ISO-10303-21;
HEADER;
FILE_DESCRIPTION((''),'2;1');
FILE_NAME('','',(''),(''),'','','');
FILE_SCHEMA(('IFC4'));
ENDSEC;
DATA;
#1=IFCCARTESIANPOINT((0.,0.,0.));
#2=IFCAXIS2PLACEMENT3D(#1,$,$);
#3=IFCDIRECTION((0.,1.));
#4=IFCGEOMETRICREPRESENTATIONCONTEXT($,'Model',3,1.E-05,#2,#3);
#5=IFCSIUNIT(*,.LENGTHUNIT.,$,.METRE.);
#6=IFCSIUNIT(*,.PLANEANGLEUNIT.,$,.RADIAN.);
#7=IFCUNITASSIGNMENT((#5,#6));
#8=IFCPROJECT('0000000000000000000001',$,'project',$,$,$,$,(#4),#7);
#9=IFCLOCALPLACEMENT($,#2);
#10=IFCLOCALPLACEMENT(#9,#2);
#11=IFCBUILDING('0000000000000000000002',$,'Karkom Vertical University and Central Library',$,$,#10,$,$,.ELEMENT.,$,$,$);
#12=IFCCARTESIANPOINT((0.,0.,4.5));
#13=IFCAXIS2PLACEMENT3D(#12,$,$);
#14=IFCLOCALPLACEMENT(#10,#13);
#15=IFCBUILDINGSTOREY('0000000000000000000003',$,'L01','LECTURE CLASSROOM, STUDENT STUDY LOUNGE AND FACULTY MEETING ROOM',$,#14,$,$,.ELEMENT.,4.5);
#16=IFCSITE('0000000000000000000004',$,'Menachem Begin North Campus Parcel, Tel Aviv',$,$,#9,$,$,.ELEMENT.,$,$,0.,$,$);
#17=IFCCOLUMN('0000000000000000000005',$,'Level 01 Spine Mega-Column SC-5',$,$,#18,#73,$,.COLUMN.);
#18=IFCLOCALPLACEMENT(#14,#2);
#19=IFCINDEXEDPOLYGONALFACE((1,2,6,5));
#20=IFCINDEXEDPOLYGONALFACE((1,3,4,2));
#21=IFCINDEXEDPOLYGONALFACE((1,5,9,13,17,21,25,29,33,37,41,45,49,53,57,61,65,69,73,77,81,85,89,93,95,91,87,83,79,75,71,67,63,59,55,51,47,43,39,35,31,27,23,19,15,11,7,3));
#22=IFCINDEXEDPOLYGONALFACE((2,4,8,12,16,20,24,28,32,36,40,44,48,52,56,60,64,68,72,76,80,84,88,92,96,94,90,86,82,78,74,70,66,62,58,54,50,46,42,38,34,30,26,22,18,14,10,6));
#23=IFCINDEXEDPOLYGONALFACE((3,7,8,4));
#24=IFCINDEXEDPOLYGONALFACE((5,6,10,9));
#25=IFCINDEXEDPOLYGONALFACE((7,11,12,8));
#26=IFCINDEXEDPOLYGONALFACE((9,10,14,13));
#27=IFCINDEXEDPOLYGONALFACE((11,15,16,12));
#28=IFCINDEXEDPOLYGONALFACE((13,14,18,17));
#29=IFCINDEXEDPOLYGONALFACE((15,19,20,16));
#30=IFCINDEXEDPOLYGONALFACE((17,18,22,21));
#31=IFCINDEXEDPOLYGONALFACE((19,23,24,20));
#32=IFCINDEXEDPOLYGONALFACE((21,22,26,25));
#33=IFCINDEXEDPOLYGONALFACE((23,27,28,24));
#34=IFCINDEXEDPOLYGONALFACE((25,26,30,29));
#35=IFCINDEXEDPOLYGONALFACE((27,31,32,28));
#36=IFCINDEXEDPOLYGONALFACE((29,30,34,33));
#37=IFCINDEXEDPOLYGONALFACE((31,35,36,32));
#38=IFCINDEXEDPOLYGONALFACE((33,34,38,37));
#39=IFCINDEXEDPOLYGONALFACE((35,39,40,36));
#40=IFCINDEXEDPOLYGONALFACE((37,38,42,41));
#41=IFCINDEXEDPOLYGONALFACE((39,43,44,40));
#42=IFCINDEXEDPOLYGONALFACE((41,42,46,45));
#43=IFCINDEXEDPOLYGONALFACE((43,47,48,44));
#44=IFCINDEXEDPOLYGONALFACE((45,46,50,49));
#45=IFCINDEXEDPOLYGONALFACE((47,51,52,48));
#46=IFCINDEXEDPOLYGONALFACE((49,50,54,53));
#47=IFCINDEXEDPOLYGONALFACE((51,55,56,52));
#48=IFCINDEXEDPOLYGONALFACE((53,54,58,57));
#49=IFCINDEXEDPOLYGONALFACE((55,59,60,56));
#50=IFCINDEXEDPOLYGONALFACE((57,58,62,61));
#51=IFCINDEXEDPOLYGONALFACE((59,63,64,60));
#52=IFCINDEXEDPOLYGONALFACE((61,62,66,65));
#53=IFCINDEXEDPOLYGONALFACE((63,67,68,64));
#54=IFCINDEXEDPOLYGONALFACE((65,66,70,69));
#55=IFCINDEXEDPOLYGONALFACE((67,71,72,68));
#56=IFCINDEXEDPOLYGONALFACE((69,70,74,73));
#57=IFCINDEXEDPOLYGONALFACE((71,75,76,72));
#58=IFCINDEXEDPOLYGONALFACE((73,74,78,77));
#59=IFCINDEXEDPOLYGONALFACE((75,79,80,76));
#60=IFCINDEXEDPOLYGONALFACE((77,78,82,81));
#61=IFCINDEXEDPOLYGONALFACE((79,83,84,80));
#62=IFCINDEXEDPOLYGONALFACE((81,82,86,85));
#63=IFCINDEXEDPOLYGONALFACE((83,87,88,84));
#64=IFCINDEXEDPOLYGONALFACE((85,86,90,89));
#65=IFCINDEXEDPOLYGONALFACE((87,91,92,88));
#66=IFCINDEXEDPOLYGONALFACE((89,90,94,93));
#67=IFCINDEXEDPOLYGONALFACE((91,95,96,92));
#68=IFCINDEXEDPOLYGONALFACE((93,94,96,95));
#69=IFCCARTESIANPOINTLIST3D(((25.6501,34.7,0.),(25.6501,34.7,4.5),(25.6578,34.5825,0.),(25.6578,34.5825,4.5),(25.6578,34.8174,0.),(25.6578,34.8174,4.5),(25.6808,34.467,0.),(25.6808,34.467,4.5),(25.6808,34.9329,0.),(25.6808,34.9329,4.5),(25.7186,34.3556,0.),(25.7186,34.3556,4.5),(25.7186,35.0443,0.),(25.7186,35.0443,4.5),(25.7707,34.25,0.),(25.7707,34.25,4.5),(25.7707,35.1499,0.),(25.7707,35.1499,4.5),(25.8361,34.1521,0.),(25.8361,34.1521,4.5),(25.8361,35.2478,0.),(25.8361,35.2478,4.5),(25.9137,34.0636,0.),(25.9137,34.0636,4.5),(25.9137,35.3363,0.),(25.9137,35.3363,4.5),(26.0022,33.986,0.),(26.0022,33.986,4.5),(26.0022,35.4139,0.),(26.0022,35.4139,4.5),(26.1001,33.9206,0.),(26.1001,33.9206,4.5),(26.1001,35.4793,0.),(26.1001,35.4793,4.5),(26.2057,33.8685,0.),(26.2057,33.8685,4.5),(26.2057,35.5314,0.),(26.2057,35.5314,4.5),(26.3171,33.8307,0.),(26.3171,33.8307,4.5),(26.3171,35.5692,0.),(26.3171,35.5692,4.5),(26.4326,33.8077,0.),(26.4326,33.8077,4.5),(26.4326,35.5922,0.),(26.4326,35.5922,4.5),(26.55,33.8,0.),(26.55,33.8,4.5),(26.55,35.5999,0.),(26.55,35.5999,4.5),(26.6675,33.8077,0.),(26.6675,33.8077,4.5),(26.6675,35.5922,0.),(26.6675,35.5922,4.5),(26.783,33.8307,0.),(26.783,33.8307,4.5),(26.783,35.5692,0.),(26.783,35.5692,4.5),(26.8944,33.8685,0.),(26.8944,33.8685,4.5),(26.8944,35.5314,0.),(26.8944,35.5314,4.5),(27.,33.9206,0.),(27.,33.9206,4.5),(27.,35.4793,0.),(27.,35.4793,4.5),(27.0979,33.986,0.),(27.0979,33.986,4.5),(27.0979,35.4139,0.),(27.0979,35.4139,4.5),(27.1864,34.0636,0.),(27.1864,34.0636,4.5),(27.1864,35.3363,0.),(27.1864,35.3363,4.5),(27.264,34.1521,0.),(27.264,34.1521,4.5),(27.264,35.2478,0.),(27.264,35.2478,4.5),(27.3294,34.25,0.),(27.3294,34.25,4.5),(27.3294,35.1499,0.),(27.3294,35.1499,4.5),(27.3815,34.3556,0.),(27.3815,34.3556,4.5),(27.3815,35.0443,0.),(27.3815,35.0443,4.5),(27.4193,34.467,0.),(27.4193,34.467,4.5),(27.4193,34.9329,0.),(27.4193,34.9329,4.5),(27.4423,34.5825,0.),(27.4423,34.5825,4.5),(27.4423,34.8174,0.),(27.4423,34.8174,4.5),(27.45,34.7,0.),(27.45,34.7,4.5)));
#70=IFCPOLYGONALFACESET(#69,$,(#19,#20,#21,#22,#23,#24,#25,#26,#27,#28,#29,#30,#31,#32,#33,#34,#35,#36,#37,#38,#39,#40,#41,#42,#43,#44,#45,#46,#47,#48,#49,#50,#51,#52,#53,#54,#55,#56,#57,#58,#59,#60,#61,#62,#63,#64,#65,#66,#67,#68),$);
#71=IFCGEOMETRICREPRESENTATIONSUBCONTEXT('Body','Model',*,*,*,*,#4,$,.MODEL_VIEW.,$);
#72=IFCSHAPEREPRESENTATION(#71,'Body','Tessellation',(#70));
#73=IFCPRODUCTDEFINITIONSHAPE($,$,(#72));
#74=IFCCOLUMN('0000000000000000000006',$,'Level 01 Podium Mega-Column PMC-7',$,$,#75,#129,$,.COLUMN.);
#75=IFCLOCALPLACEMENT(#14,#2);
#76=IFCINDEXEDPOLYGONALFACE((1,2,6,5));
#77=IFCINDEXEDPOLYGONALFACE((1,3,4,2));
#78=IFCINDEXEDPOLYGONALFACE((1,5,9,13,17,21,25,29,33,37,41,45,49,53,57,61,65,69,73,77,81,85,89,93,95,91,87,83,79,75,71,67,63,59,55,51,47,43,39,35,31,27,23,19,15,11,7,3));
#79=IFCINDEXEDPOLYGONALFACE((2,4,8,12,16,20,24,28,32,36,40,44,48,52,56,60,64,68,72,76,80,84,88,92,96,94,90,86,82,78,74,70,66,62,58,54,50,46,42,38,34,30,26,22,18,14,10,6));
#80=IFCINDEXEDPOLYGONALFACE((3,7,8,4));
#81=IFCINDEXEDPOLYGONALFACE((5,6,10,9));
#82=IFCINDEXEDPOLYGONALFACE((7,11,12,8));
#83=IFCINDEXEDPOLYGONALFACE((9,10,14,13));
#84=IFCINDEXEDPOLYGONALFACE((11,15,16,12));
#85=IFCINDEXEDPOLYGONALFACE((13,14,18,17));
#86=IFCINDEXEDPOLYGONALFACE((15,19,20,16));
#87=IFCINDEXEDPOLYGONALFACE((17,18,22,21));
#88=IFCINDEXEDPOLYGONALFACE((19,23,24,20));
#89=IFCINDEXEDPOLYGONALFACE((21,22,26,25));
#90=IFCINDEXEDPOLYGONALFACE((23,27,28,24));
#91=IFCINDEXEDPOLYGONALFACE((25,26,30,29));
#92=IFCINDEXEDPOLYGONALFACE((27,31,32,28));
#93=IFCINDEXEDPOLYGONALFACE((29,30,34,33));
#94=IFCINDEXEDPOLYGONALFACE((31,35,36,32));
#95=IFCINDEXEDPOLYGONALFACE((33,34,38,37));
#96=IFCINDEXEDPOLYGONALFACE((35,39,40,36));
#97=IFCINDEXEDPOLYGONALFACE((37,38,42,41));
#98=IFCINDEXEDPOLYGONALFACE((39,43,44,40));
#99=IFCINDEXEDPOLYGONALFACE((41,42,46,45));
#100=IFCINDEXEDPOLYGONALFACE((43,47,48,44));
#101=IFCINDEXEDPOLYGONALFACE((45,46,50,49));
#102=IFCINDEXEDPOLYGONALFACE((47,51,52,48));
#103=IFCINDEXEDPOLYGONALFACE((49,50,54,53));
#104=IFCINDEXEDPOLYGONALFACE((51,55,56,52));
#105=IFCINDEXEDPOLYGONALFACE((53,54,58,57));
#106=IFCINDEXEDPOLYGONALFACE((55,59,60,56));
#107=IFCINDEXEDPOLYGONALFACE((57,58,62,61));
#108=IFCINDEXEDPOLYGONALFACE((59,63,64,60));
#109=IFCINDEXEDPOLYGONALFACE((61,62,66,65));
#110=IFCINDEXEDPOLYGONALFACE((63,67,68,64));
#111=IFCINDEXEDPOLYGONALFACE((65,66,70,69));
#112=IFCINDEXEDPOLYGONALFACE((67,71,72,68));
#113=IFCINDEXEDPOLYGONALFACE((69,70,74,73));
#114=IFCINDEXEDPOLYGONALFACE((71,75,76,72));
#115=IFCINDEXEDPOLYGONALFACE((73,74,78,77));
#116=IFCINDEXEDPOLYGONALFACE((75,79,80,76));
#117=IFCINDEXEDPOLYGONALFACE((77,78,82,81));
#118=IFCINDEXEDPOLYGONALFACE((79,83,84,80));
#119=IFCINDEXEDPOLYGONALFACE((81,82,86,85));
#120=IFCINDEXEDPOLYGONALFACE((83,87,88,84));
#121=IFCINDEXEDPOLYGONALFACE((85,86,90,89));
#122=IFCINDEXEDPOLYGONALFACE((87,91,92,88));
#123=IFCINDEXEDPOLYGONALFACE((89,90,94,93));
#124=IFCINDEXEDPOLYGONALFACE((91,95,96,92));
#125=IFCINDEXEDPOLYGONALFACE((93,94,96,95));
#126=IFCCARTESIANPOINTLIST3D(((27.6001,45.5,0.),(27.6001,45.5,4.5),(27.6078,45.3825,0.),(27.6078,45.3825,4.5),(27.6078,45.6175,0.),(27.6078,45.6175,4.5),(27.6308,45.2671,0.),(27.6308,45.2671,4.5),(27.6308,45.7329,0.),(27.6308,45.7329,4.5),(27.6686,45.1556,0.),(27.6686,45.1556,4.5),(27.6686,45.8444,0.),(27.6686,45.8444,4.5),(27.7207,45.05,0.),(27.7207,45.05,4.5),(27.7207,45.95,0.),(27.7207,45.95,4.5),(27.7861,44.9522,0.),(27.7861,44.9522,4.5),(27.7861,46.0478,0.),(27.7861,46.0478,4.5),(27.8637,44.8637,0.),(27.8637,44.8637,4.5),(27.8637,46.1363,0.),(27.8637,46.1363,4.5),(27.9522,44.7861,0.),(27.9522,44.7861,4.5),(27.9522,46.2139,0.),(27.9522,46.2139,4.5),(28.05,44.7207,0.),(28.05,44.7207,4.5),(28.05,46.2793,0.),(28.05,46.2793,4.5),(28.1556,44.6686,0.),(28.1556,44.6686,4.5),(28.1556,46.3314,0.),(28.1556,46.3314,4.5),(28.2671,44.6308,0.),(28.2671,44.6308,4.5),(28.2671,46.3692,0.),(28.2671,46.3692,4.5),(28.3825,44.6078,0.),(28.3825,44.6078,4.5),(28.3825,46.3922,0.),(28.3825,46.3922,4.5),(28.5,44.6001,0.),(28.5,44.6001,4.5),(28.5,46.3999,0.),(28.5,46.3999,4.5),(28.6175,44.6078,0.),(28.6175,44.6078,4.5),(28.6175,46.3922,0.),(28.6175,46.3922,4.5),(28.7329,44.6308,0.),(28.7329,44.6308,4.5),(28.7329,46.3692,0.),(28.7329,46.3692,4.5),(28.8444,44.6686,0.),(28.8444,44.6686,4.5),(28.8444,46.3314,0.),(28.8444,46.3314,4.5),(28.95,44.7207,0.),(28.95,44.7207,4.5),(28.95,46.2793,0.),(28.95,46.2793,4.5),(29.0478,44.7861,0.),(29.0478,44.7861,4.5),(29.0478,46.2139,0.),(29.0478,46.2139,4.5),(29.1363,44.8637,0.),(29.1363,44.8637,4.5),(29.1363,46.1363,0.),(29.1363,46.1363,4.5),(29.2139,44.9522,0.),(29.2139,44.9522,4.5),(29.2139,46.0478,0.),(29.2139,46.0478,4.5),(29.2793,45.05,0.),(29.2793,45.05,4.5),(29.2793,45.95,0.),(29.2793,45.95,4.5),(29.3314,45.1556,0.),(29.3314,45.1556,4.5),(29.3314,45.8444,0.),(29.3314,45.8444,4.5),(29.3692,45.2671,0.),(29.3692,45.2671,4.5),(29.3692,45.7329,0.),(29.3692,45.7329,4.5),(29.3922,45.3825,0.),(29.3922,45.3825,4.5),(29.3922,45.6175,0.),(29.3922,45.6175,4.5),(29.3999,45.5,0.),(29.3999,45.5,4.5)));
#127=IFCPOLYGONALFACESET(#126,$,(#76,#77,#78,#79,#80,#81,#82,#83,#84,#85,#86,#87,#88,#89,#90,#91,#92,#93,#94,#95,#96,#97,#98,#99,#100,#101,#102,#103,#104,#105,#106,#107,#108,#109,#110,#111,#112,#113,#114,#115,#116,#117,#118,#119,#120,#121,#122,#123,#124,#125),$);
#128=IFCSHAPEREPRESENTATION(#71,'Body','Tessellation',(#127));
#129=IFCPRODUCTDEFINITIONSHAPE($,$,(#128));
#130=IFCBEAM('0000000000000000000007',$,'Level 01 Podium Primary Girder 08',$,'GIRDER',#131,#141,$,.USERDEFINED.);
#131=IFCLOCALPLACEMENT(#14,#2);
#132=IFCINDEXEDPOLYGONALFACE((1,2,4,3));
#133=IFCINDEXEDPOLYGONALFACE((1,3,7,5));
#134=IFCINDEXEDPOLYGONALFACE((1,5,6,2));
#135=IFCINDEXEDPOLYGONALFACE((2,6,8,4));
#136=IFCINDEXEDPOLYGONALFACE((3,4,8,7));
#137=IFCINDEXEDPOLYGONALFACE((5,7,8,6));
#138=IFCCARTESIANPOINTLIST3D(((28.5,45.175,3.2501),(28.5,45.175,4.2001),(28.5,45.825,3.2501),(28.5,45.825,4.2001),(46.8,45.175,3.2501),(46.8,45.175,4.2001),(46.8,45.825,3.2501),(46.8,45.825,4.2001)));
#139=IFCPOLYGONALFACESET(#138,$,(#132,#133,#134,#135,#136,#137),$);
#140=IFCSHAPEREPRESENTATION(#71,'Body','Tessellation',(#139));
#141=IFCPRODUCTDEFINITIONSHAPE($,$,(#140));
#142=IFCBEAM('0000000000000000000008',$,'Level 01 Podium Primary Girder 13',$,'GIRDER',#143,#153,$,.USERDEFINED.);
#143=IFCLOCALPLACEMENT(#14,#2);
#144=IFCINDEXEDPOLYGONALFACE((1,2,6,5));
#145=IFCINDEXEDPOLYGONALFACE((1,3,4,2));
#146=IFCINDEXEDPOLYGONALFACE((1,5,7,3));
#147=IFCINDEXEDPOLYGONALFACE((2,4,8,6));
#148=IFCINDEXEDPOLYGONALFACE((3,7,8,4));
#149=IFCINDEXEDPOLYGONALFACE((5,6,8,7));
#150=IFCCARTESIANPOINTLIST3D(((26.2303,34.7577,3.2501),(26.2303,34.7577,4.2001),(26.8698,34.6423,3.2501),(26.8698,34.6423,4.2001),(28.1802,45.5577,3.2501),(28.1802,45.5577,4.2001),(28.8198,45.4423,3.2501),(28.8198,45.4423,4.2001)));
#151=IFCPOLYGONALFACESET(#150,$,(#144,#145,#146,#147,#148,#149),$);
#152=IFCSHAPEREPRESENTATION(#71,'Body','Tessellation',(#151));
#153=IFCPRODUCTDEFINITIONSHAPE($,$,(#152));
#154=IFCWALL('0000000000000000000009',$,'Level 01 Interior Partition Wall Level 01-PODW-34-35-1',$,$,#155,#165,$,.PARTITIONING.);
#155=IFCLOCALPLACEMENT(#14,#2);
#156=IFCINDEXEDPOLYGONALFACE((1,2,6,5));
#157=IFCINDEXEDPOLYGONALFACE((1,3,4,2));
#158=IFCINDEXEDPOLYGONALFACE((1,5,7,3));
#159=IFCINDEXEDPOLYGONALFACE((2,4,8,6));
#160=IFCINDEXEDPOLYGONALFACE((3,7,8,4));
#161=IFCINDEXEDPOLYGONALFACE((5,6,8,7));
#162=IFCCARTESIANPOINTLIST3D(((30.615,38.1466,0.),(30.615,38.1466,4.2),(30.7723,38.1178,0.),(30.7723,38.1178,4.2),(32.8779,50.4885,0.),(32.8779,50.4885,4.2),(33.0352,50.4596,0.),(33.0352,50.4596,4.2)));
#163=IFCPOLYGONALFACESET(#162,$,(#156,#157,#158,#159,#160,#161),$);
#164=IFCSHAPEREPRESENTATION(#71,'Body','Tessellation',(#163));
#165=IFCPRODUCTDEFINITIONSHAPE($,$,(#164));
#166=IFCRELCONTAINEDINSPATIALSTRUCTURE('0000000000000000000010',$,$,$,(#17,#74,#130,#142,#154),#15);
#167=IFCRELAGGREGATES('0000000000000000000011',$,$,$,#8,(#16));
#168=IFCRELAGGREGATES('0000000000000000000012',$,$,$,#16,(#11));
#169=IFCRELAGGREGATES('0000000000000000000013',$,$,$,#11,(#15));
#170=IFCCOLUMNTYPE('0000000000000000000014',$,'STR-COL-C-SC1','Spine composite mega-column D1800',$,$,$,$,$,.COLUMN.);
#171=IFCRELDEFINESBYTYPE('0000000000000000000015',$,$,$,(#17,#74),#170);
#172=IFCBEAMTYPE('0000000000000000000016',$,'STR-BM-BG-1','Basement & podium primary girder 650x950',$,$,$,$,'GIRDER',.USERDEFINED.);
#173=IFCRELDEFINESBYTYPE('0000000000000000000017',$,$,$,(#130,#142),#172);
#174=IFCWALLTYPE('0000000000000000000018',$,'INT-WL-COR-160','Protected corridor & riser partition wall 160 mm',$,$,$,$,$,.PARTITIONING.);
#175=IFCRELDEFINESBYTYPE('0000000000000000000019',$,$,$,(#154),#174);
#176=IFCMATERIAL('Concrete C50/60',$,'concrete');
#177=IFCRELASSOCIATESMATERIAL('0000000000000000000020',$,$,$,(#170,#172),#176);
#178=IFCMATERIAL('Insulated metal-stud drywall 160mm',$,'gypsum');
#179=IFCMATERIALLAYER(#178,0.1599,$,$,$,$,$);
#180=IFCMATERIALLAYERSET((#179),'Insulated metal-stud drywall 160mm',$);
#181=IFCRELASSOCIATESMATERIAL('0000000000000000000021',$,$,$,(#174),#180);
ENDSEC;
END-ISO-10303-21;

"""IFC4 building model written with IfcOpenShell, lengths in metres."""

from ifc_helpers import new_model, si_unit, direction, frame, frame_2d, origin, origin_with_axes, origin_2d, place, context, subcontext, project, spatial, rectangle, circle, extrude, source, transform, mapped, material, layer, layer_set, material_profile, profile_set, type_object, element, save


model = new_model("IFC4")

# Units and contexts
model_context = context("Model", 3, precision=1e-05, world=origin(), true_north=direction((0.0, 1.0)))
body_context = subcontext(model_context, "Body", "Model", "MODEL_VIEW")
ifc_project = project(units=[si_unit("LENGTHUNIT", "METRE"), si_unit("PLANEANGLEUNIT", "RADIAN")], contexts=[model_context])

# Site, building, storey
site_placement = place(None, origin())
site = spatial("IfcSite", under=ifc_project, at=site_placement, Name="Menachem Begin North Campus Parcel, Tel Aviv", CompositionType="ELEMENT", RefElevation=0.0)
building_placement = place(site_placement, origin())
building = spatial("IfcBuilding", under=site, at=building_placement, Name="Karkom Vertical University and Central Library", CompositionType="ELEMENT")
storey_placement = place(building_placement, frame((0.0, 0.0, 4.5)))
storey = spatial("IfcBuildingStorey", under=building, at=storey_placement, Name="L01", Description="LECTURE CLASSROOM, STUDENT STUDY LOUNGE AND FACULTY MEETING ROOM", CompositionType="ELEMENT", Elevation=4.5)

# Columns
ifc_material_1 = material(Name="Concrete C50/60", Category="concrete")
ifc_material_profile_1 = material_profile(ifc_material_1, circle(Radius=0.8999, at=origin_2d()), Name="CFT-D1800")
ifc_profile_set_1 = profile_set([ifc_material_profile_1], Name="Concrete C50/60")
column_type = type_object("IfcColumnType", Name="STR-COL-C-SC1", Description="Spine composite mega-column D1800", PredefinedType="COLUMN", material=ifc_profile_set_1)
shared_shape_1 = source(origin_with_axes(), body_context, "Body", "SweptSolid", [
    extrude(circle(Radius=0.8999, at=origin_2d()), origin(), (0.0, 0.0, 1.0), 4.5),
])
for number, where, z_axis, x_axis, name in (
    (1, (26.55, 34.7, 0.0), (0.0, 0.0, 1.0), (1.0, 0.0, 0.0), "Level 01 Spine Mega-Column SC-5"),
    (2, (28.5, 45.5, 0.0), (0.0, 0.0, 1.0), (1.0, 0.0, 0.0), "Level 01 Podium Mega-Column PMC-7"),
):
    element("IfcColumn", number, at=place(storey_placement, frame(where, z_axis=z_axis, x_axis=x_axis)), inside=storey, type_object=column_type, Name=name, PredefinedType="COLUMN", context=body_context, shape_type="MappedRepresentation", body=[
        mapped(shared_shape_1, transform((0.0, 0.0, 0.0), scale=1.0)),
    ])

# Beams
ifc_material_profile_2 = material_profile(ifc_material_1, rectangle(XDim=0.6499, YDim=0.95, at=origin_2d()), Name="RCG-650x950")
ifc_profile_set_2 = profile_set([ifc_material_profile_2], Name="Concrete C50/60")
beam_type = type_object("IfcBeamType", Name="STR-BM-BG-1", Description="Basement & podium primary girder 650x950", ElementType="GIRDER", PredefinedType="USERDEFINED", material=ifc_profile_set_2)
shared_shape_2 = source(origin_with_axes(), body_context, "Body", "SweptSolid", [
    extrude(rectangle(XDim=0.6499, YDim=0.95, at=origin_2d()), origin(), (0.0, 0.0, 1.0), 18.3),
])
beam_1_placement = place(storey_placement, frame((28.5, 45.5, 3.7251), z_axis=(1.0, 0.0, 0.0), x_axis=(0.0, 1.0, 0.0)))
element("IfcBeam", 3, at=beam_1_placement, inside=storey, type_object=beam_type, Name="Level 01 Podium Primary Girder 08", ObjectType="GIRDER", PredefinedType="USERDEFINED", context=body_context, shape_type="MappedRepresentation", body=[
    mapped(shared_shape_2, transform((0.0, 0.0, 0.0), scale=1.0)),
])
shared_shape_3 = source(origin_with_axes(), body_context, "Body", "SweptSolid", [
    extrude(rectangle(XDim=0.6499, YDim=0.95, at=origin_2d()), origin(), (0.0, 0.0, 1.0), 10.9746),
])
beam_2_placement = place(storey_placement, frame((28.5, 45.5, 3.7251), z_axis=(-0.177677, -0.984089, 0.0), x_axis=(0.984089, -0.177677, 0.0)))
element("IfcBeam", 4, at=beam_2_placement, inside=storey, type_object=beam_type, Name="Level 01 Podium Primary Girder 13", ObjectType="GIRDER", PredefinedType="USERDEFINED", context=body_context, shape_type="MappedRepresentation", body=[
    mapped(shared_shape_3, transform((0.0, 0.0, 0.0), scale=1.0)),
])

# Shared definitions
ifc_material_2 = material(Name="Insulated metal-stud drywall 160mm", Category="gypsum")
ifc_layer_1 = layer(ifc_material_2, 0.1599)
ifc_layer_set_1 = layer_set([ifc_layer_1], Name="Insulated metal-stud drywall 160mm")
wall_type_1 = type_object("IfcWallType", Name="INT-WL-COR-160", Description="Protected corridor & riser partition wall 160 mm", PredefinedType="PARTITIONING", material=ifc_layer_set_1)

# Wall
wall_1_placement = place(storey_placement, frame((30.6936, 38.1321, 0.0), z_axis=(0.0, 0.0, 1.0), x_axis=(0.180349, 0.983603, 0.0)))
element("IfcWall", 5, at=wall_1_placement, inside=storey, type_object=wall_type_1, Name="Level 01 Interior Partition Wall Level 01-PODW-34-35-1", PredefinedType="PARTITIONING", context=body_context, shape_type="SweptSolid", body=[
    extrude(rectangle(XDim=12.5476, YDim=0.1599, at=frame_2d((6.2739, 0.0))), origin(), (0.0, 0.0, 1.0), 4.2),
])

save(model, "model.ifc")
